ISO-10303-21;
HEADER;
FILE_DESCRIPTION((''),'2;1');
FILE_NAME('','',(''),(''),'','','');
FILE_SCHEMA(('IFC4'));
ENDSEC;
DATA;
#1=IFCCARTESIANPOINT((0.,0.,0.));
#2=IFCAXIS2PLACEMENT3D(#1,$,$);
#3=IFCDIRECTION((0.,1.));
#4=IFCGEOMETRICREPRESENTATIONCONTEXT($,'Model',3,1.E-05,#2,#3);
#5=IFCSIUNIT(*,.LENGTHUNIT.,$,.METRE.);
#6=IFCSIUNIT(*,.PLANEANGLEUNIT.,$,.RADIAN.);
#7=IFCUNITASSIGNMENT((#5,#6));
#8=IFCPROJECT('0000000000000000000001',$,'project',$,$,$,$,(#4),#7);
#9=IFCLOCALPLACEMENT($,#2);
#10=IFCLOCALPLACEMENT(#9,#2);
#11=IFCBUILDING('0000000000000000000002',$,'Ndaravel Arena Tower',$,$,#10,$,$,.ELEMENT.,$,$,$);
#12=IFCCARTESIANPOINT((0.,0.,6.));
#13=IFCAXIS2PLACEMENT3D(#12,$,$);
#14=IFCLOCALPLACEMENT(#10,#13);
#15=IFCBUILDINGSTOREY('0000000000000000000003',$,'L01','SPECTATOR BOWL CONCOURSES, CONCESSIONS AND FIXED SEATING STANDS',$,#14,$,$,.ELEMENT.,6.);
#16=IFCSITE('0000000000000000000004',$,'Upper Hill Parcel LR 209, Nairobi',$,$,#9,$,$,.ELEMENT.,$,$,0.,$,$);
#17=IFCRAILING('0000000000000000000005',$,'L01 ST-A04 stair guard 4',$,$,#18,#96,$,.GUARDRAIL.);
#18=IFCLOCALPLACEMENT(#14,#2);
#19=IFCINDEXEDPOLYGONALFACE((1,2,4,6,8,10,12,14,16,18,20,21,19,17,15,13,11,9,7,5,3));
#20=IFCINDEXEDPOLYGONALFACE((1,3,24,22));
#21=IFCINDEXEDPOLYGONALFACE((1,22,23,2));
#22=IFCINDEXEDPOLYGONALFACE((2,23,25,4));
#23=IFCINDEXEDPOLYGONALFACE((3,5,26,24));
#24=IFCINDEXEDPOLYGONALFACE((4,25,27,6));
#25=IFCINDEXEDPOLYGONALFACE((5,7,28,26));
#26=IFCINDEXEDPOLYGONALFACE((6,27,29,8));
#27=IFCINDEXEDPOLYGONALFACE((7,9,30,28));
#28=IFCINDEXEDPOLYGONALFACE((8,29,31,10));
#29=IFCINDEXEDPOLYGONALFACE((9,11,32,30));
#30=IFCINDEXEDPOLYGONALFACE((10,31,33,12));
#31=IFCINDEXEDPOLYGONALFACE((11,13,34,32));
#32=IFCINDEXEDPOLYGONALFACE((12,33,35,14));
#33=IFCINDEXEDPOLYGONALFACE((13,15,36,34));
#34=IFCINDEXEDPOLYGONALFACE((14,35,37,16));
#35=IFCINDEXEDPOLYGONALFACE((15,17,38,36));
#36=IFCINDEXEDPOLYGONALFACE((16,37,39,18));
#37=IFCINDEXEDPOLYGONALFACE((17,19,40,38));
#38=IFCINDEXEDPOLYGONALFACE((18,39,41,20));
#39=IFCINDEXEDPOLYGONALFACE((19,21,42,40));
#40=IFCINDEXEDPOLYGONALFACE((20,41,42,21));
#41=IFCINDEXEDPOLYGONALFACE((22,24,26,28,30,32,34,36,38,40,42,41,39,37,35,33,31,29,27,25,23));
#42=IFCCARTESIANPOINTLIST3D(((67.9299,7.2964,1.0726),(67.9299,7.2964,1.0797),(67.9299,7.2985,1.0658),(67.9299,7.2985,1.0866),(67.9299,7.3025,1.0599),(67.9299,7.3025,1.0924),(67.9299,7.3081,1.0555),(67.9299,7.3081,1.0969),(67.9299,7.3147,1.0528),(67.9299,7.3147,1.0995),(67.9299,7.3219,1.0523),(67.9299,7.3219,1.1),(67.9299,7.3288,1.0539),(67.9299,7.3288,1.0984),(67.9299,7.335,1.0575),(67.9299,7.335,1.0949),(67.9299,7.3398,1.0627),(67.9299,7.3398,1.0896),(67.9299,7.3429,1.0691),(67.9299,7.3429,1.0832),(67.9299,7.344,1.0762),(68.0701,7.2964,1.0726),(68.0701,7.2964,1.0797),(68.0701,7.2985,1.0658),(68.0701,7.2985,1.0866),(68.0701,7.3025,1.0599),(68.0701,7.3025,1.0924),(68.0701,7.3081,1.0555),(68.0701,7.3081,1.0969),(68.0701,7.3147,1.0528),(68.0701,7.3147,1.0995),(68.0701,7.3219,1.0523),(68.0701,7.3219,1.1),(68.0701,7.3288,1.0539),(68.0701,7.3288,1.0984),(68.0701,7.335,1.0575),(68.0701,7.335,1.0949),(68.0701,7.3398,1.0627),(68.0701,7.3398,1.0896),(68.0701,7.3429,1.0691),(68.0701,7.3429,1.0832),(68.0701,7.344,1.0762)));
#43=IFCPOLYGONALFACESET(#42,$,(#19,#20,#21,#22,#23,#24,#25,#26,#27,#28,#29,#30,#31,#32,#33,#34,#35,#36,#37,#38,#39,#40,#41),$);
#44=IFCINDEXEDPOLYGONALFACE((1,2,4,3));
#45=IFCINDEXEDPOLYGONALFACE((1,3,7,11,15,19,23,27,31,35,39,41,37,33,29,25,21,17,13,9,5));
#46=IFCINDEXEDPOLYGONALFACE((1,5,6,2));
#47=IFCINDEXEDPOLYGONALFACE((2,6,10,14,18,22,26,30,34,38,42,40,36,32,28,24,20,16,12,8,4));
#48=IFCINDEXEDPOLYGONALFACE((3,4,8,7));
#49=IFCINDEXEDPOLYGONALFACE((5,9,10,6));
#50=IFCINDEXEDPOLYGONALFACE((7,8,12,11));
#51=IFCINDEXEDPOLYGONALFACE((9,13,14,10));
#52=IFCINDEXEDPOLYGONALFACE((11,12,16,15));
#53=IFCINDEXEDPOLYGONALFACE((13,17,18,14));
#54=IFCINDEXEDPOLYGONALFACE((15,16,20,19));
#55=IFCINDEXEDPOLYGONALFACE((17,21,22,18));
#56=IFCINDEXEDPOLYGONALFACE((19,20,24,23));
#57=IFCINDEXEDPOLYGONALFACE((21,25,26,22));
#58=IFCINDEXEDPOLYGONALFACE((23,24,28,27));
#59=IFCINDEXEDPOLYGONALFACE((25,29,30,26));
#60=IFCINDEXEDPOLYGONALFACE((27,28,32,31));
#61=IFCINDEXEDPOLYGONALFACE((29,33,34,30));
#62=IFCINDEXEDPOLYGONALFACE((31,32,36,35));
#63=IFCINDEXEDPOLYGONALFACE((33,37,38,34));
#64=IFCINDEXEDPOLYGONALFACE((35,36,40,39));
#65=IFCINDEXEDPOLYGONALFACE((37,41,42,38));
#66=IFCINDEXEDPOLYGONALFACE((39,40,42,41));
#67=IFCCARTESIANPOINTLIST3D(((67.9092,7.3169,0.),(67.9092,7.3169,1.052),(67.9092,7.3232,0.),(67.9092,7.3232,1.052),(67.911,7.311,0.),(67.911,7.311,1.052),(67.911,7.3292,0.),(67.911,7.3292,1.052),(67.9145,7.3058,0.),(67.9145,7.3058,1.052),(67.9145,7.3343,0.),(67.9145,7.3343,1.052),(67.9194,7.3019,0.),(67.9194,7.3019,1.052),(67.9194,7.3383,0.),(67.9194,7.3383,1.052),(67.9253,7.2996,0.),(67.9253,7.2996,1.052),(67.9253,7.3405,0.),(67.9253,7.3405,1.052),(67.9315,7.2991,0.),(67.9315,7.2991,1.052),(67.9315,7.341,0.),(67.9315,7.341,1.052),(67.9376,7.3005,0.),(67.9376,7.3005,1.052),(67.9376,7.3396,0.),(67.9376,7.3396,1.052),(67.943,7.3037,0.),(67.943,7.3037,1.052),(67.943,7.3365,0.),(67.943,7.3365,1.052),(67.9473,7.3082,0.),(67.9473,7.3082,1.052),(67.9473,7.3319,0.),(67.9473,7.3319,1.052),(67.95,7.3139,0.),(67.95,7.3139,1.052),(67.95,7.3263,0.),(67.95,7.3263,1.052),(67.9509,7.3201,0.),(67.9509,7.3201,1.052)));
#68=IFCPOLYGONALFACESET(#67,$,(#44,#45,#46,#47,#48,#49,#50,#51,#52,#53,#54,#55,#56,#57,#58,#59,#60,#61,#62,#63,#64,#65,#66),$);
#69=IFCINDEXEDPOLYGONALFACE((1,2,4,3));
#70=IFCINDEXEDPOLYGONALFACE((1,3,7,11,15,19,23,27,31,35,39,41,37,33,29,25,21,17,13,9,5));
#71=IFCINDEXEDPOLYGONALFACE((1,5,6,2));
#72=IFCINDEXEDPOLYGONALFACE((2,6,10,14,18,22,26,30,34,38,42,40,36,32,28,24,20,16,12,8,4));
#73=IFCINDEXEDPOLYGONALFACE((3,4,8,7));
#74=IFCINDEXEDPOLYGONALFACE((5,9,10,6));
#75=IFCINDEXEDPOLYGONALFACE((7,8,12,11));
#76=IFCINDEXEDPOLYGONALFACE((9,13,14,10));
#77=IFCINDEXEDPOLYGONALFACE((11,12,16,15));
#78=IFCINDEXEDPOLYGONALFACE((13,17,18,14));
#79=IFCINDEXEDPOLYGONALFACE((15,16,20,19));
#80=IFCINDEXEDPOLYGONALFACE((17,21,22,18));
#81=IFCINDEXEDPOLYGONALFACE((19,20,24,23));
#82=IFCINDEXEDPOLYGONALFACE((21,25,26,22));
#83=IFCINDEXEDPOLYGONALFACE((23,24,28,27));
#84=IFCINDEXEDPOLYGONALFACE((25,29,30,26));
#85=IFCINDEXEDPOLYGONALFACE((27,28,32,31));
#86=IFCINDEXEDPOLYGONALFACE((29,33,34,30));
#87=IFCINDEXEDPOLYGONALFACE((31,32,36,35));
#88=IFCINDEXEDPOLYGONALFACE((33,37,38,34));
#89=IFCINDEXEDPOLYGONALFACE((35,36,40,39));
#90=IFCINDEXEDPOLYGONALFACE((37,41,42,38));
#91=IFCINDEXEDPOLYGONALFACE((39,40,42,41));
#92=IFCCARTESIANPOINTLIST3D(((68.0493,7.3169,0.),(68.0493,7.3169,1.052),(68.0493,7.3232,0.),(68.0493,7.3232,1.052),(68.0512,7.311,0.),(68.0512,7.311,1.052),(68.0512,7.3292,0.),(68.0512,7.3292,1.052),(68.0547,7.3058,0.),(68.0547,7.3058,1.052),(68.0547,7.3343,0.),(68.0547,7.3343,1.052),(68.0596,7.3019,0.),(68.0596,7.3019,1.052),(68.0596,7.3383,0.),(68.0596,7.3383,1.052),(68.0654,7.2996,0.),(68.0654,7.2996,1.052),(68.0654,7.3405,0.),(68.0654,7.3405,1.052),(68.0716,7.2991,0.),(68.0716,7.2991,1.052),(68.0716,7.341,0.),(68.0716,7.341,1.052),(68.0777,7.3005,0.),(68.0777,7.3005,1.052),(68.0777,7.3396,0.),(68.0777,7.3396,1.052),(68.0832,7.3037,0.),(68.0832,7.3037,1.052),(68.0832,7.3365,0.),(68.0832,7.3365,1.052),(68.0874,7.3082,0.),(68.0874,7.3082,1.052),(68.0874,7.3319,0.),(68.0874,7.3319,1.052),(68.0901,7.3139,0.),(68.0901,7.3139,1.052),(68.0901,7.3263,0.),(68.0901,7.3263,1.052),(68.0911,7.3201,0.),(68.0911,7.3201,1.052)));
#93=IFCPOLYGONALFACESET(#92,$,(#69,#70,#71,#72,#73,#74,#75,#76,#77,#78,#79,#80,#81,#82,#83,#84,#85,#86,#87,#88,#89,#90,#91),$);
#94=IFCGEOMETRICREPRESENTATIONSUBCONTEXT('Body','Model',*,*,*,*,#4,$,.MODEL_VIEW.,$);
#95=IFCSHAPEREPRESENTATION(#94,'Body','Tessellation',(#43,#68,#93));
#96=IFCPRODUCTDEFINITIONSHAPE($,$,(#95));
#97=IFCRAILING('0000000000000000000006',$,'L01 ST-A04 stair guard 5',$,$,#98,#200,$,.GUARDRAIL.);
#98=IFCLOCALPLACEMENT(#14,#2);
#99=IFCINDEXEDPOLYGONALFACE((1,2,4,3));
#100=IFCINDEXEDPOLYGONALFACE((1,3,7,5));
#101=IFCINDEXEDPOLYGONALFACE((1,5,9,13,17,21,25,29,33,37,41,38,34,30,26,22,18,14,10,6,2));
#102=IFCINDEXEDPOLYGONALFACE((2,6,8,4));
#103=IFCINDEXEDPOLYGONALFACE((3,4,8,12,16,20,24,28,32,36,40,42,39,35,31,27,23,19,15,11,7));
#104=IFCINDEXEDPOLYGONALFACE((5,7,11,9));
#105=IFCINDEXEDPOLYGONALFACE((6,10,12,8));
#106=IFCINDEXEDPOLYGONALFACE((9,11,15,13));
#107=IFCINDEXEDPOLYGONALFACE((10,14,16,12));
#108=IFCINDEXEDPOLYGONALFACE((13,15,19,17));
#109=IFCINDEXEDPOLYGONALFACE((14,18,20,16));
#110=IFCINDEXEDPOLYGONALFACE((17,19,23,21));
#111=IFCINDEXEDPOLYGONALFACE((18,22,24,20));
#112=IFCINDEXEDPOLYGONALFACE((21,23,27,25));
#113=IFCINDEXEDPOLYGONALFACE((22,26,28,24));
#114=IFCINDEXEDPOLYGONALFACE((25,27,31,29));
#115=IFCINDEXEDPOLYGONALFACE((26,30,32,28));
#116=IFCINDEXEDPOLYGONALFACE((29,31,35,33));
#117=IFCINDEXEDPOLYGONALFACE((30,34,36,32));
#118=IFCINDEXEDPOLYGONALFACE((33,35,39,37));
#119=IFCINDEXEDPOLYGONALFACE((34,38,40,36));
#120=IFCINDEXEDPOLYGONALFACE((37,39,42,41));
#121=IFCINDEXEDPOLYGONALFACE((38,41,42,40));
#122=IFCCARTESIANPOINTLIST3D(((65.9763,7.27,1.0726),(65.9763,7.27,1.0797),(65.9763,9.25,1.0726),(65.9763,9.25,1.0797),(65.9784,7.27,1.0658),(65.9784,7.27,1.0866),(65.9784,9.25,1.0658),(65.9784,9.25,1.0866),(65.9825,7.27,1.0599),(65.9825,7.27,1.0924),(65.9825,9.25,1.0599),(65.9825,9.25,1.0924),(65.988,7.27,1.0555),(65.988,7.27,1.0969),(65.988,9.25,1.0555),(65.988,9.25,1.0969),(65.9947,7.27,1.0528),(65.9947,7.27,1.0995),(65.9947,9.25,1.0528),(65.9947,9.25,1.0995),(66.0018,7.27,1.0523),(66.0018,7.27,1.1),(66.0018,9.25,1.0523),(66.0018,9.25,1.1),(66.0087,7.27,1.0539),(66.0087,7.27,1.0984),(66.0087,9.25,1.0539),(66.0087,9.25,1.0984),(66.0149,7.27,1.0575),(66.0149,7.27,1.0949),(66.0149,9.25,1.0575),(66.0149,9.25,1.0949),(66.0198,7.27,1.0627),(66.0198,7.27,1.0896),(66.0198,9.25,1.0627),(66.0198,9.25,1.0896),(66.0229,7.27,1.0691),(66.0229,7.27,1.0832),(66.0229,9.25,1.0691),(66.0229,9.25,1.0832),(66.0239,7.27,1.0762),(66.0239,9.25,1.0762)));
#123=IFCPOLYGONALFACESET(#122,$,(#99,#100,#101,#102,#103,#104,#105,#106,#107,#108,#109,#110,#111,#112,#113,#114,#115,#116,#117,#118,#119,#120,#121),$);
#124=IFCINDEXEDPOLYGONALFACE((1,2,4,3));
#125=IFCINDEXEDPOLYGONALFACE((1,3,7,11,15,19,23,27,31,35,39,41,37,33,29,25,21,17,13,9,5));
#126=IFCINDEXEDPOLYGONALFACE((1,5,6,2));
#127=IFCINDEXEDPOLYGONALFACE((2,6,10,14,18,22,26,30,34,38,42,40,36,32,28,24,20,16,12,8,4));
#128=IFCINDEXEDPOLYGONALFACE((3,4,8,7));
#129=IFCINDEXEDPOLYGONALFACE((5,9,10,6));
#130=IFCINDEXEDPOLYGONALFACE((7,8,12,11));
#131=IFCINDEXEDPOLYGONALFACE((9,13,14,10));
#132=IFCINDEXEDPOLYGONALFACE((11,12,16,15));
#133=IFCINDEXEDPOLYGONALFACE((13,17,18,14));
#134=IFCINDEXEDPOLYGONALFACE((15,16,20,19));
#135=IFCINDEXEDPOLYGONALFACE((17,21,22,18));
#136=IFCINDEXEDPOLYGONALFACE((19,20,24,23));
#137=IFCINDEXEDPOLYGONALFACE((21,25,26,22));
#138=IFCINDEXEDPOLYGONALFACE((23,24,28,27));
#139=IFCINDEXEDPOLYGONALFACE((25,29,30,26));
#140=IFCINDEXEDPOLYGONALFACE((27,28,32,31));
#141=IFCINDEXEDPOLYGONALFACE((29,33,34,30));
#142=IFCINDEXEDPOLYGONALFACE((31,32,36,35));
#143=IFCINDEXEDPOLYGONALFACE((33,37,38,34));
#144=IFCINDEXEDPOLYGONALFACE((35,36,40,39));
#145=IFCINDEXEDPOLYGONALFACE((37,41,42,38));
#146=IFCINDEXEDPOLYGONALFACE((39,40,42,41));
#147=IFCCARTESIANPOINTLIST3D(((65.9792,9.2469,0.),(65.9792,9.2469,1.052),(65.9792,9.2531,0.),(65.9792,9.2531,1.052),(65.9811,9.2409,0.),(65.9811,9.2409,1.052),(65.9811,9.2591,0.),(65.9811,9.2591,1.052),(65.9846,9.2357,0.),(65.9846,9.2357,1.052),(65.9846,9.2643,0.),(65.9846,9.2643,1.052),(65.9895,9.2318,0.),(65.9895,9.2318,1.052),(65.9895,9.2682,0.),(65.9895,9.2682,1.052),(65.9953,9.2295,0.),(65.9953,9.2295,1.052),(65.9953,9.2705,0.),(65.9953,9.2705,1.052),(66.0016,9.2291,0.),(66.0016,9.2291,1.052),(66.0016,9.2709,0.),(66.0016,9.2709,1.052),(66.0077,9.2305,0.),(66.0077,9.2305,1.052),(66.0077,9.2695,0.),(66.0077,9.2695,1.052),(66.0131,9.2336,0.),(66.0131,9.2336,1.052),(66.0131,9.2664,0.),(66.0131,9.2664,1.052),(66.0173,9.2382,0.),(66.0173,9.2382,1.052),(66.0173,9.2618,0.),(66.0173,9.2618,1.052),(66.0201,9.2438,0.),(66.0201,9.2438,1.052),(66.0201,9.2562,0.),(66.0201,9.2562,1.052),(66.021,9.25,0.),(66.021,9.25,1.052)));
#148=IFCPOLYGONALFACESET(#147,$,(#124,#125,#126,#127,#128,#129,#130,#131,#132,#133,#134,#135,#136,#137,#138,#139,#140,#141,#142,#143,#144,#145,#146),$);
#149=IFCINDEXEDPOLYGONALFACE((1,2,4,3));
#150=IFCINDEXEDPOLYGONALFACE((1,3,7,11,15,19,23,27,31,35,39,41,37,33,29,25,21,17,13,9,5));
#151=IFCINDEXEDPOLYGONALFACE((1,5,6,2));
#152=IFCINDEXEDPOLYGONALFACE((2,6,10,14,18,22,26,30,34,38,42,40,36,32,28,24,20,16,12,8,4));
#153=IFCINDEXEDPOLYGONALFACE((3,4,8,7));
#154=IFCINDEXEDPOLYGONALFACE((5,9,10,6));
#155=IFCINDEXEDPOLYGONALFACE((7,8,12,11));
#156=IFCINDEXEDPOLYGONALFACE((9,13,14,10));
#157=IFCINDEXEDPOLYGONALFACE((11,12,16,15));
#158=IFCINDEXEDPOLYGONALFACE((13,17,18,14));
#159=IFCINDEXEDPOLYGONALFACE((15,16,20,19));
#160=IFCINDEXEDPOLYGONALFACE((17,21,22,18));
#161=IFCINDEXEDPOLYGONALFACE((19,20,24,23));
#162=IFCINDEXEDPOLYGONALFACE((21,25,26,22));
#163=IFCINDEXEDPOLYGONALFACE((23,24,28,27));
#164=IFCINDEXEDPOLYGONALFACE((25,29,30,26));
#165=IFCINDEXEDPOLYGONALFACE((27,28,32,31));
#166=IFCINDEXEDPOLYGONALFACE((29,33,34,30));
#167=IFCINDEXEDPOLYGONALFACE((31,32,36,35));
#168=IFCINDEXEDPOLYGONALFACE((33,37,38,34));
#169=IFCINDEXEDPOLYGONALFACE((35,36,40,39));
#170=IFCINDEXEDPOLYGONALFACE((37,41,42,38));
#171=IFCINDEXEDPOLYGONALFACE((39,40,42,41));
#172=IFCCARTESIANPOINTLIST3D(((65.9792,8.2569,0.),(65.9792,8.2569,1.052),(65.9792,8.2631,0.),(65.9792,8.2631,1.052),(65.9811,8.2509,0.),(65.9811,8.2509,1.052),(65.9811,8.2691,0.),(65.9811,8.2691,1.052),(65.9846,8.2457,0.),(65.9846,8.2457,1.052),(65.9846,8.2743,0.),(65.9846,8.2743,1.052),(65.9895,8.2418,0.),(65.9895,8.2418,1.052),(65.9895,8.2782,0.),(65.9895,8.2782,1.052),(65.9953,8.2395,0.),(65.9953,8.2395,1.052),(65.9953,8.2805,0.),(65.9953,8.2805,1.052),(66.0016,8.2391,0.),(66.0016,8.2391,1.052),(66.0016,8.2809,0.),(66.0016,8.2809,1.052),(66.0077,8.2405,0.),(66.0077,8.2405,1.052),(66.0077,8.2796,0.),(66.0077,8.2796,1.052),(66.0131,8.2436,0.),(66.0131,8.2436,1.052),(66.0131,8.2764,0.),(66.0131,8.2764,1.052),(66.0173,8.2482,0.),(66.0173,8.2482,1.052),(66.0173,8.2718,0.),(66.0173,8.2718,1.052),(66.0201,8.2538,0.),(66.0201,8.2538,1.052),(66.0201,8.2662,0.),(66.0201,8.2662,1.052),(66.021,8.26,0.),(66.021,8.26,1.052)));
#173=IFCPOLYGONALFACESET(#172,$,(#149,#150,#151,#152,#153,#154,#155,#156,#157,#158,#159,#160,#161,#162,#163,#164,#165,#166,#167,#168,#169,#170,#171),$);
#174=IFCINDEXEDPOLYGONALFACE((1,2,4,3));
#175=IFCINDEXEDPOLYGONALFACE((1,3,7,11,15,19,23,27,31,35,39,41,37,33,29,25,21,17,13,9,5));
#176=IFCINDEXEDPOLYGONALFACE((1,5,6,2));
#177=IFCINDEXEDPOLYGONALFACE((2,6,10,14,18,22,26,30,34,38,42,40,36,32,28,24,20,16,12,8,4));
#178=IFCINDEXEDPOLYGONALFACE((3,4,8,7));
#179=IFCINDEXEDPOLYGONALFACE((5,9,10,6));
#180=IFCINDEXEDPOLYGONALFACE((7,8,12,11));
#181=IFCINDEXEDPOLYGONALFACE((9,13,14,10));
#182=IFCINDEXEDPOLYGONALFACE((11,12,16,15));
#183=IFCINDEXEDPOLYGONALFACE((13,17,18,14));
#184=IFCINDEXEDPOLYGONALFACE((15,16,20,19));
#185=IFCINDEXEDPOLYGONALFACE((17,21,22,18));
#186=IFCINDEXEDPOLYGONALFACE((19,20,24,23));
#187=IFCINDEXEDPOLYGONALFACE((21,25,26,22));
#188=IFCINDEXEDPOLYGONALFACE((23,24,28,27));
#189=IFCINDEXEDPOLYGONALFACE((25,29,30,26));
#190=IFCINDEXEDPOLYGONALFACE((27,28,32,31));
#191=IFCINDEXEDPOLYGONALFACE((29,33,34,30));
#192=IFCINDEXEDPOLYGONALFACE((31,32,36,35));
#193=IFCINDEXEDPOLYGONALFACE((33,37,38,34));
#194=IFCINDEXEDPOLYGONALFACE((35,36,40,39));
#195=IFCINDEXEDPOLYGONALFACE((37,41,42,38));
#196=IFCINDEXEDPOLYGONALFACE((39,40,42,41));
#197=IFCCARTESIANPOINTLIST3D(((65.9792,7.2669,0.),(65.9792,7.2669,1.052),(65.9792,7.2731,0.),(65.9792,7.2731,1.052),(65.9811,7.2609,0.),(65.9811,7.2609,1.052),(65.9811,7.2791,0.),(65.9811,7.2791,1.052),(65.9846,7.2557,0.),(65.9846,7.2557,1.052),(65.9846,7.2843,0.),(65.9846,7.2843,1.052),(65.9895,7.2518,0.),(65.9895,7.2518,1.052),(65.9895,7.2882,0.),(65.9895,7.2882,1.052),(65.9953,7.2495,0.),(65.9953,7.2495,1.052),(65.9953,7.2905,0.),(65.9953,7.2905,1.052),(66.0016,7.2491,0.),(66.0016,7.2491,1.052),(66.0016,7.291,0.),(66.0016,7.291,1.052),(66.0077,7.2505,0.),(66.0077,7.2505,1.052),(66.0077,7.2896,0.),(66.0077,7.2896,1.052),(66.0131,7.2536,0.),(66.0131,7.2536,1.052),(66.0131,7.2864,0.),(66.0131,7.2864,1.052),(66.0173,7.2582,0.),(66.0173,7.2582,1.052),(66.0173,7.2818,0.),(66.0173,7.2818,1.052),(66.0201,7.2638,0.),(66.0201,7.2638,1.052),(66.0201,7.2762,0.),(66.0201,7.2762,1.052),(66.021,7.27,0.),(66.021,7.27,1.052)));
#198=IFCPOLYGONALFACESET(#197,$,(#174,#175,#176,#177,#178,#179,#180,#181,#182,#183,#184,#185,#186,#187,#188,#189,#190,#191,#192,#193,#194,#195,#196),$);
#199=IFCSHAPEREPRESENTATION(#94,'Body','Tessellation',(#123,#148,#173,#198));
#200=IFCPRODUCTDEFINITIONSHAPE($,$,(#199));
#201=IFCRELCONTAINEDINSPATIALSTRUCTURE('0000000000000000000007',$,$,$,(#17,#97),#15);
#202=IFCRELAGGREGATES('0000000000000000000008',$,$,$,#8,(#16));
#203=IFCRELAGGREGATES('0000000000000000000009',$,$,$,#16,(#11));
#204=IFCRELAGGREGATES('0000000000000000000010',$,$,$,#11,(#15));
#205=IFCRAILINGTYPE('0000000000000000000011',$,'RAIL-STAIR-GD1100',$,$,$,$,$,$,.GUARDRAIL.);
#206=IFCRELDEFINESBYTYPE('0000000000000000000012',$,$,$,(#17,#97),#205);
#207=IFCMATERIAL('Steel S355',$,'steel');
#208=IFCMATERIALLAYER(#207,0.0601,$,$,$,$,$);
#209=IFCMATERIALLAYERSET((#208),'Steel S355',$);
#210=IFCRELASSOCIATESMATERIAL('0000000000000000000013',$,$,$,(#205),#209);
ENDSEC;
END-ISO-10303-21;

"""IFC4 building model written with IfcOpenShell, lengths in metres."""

from ifc_helpers import new_model, si_unit, direction, frame, origin, origin_2d, place, context, subcontext, project, spatial, circle, extrude, material, layer, layer_set, type_object, element, save


model = new_model("IFC4")

# Units and contexts
model_context = context("Model", 3, precision=1e-05, world=origin(), true_north=direction((0.0, 1.0)))
body_context = subcontext(model_context, "Body", "Model", "MODEL_VIEW")
ifc_project = project(units=[si_unit("LENGTHUNIT", "METRE"), si_unit("PLANEANGLEUNIT", "RADIAN")], contexts=[model_context])

# Site, building, storey
site_placement = place(None, origin())
site = spatial("IfcSite", under=ifc_project, at=site_placement, Name="Upper Hill Parcel LR 209, Nairobi", CompositionType="ELEMENT", RefElevation=0.0)
building_placement = place(site_placement, origin())
building = spatial("IfcBuilding", under=site, at=building_placement, Name="Ndaravel Arena Tower", CompositionType="ELEMENT")
storey_placement = place(building_placement, frame((0.0, 0.0, 6.0)))
storey = spatial("IfcBuildingStorey", under=building, at=storey_placement, Name="L01", Description="SPECTATOR BOWL CONCOURSES, CONCESSIONS AND FIXED SEATING STANDS", CompositionType="ELEMENT", Elevation=6.0)

# Railings
ifc_material_1 = material(Name="Steel S355", Category="steel")
ifc_layer_1 = layer(ifc_material_1, 0.0601)
ifc_layer_set_1 = layer_set([ifc_layer_1], Name="Steel S355")
railing_type_1 = type_object("IfcRailingType", Name="RAIL-STAIR-GD1100", PredefinedType="GUARDRAIL", material=ifc_layer_set_1)
railing_1_placement = place(storey_placement, frame((67.9299, 7.3201, 0.0)))
element("IfcRailing", 1, at=railing_1_placement, inside=storey, type_object=railing_type_1, Name="L01 ST-A04 stair guard 4", PredefinedType="GUARDRAIL", context=body_context, shape_type="SweptSolid", body=[
    extrude(circle(Radius=0.0239, at=origin_2d()), frame((0.0, 0.0, 1.0762), z_axis=(1.0, 0.0, 0.0), x_axis=(0.0, 1.0, 0.0)), (0.0, 0.0, 1.0), 0.1401),
    extrude(circle(Radius=0.021, at=origin_2d()), origin(), (0.0, 0.0, 1.0), 1.052),
    extrude(circle(Radius=0.021, at=origin_2d()), frame((0.1401, 0.0, 0.0)), (0.0, 0.0, 1.0), 1.052),
])
for number, where, name in (
    (2, (66.0, 9.25, 0.0), "L01 ST-A04 stair guard 5"),
):
    element("IfcRailing", number, at=place(storey_placement, frame(where)), inside=storey, type_object=railing_type_1, Name=name, PredefinedType="GUARDRAIL", context=body_context, shape_type="SweptSolid", body=[
        extrude(circle(Radius=0.0239, at=origin_2d()), frame((0.0, 0.0, 1.0762), z_axis=(0.0, -1.0, 0.0), x_axis=(1.0, 0.0, 0.0)), (0.0, 0.0, 1.0), 1.98),
        extrude(circle(Radius=0.021, at=origin_2d()), origin(), (0.0, 0.0, 1.0), 1.052),
        extrude(circle(Radius=0.021, at=origin_2d()), frame((0.0, -0.99, 0.0)), (0.0, 0.0, 1.0), 1.052),
        extrude(circle(Radius=0.021, at=origin_2d()), frame((0.0, -1.98, 0.0)), (0.0, 0.0, 1.0), 1.052),
    ])

save(model, "model.ifc")
